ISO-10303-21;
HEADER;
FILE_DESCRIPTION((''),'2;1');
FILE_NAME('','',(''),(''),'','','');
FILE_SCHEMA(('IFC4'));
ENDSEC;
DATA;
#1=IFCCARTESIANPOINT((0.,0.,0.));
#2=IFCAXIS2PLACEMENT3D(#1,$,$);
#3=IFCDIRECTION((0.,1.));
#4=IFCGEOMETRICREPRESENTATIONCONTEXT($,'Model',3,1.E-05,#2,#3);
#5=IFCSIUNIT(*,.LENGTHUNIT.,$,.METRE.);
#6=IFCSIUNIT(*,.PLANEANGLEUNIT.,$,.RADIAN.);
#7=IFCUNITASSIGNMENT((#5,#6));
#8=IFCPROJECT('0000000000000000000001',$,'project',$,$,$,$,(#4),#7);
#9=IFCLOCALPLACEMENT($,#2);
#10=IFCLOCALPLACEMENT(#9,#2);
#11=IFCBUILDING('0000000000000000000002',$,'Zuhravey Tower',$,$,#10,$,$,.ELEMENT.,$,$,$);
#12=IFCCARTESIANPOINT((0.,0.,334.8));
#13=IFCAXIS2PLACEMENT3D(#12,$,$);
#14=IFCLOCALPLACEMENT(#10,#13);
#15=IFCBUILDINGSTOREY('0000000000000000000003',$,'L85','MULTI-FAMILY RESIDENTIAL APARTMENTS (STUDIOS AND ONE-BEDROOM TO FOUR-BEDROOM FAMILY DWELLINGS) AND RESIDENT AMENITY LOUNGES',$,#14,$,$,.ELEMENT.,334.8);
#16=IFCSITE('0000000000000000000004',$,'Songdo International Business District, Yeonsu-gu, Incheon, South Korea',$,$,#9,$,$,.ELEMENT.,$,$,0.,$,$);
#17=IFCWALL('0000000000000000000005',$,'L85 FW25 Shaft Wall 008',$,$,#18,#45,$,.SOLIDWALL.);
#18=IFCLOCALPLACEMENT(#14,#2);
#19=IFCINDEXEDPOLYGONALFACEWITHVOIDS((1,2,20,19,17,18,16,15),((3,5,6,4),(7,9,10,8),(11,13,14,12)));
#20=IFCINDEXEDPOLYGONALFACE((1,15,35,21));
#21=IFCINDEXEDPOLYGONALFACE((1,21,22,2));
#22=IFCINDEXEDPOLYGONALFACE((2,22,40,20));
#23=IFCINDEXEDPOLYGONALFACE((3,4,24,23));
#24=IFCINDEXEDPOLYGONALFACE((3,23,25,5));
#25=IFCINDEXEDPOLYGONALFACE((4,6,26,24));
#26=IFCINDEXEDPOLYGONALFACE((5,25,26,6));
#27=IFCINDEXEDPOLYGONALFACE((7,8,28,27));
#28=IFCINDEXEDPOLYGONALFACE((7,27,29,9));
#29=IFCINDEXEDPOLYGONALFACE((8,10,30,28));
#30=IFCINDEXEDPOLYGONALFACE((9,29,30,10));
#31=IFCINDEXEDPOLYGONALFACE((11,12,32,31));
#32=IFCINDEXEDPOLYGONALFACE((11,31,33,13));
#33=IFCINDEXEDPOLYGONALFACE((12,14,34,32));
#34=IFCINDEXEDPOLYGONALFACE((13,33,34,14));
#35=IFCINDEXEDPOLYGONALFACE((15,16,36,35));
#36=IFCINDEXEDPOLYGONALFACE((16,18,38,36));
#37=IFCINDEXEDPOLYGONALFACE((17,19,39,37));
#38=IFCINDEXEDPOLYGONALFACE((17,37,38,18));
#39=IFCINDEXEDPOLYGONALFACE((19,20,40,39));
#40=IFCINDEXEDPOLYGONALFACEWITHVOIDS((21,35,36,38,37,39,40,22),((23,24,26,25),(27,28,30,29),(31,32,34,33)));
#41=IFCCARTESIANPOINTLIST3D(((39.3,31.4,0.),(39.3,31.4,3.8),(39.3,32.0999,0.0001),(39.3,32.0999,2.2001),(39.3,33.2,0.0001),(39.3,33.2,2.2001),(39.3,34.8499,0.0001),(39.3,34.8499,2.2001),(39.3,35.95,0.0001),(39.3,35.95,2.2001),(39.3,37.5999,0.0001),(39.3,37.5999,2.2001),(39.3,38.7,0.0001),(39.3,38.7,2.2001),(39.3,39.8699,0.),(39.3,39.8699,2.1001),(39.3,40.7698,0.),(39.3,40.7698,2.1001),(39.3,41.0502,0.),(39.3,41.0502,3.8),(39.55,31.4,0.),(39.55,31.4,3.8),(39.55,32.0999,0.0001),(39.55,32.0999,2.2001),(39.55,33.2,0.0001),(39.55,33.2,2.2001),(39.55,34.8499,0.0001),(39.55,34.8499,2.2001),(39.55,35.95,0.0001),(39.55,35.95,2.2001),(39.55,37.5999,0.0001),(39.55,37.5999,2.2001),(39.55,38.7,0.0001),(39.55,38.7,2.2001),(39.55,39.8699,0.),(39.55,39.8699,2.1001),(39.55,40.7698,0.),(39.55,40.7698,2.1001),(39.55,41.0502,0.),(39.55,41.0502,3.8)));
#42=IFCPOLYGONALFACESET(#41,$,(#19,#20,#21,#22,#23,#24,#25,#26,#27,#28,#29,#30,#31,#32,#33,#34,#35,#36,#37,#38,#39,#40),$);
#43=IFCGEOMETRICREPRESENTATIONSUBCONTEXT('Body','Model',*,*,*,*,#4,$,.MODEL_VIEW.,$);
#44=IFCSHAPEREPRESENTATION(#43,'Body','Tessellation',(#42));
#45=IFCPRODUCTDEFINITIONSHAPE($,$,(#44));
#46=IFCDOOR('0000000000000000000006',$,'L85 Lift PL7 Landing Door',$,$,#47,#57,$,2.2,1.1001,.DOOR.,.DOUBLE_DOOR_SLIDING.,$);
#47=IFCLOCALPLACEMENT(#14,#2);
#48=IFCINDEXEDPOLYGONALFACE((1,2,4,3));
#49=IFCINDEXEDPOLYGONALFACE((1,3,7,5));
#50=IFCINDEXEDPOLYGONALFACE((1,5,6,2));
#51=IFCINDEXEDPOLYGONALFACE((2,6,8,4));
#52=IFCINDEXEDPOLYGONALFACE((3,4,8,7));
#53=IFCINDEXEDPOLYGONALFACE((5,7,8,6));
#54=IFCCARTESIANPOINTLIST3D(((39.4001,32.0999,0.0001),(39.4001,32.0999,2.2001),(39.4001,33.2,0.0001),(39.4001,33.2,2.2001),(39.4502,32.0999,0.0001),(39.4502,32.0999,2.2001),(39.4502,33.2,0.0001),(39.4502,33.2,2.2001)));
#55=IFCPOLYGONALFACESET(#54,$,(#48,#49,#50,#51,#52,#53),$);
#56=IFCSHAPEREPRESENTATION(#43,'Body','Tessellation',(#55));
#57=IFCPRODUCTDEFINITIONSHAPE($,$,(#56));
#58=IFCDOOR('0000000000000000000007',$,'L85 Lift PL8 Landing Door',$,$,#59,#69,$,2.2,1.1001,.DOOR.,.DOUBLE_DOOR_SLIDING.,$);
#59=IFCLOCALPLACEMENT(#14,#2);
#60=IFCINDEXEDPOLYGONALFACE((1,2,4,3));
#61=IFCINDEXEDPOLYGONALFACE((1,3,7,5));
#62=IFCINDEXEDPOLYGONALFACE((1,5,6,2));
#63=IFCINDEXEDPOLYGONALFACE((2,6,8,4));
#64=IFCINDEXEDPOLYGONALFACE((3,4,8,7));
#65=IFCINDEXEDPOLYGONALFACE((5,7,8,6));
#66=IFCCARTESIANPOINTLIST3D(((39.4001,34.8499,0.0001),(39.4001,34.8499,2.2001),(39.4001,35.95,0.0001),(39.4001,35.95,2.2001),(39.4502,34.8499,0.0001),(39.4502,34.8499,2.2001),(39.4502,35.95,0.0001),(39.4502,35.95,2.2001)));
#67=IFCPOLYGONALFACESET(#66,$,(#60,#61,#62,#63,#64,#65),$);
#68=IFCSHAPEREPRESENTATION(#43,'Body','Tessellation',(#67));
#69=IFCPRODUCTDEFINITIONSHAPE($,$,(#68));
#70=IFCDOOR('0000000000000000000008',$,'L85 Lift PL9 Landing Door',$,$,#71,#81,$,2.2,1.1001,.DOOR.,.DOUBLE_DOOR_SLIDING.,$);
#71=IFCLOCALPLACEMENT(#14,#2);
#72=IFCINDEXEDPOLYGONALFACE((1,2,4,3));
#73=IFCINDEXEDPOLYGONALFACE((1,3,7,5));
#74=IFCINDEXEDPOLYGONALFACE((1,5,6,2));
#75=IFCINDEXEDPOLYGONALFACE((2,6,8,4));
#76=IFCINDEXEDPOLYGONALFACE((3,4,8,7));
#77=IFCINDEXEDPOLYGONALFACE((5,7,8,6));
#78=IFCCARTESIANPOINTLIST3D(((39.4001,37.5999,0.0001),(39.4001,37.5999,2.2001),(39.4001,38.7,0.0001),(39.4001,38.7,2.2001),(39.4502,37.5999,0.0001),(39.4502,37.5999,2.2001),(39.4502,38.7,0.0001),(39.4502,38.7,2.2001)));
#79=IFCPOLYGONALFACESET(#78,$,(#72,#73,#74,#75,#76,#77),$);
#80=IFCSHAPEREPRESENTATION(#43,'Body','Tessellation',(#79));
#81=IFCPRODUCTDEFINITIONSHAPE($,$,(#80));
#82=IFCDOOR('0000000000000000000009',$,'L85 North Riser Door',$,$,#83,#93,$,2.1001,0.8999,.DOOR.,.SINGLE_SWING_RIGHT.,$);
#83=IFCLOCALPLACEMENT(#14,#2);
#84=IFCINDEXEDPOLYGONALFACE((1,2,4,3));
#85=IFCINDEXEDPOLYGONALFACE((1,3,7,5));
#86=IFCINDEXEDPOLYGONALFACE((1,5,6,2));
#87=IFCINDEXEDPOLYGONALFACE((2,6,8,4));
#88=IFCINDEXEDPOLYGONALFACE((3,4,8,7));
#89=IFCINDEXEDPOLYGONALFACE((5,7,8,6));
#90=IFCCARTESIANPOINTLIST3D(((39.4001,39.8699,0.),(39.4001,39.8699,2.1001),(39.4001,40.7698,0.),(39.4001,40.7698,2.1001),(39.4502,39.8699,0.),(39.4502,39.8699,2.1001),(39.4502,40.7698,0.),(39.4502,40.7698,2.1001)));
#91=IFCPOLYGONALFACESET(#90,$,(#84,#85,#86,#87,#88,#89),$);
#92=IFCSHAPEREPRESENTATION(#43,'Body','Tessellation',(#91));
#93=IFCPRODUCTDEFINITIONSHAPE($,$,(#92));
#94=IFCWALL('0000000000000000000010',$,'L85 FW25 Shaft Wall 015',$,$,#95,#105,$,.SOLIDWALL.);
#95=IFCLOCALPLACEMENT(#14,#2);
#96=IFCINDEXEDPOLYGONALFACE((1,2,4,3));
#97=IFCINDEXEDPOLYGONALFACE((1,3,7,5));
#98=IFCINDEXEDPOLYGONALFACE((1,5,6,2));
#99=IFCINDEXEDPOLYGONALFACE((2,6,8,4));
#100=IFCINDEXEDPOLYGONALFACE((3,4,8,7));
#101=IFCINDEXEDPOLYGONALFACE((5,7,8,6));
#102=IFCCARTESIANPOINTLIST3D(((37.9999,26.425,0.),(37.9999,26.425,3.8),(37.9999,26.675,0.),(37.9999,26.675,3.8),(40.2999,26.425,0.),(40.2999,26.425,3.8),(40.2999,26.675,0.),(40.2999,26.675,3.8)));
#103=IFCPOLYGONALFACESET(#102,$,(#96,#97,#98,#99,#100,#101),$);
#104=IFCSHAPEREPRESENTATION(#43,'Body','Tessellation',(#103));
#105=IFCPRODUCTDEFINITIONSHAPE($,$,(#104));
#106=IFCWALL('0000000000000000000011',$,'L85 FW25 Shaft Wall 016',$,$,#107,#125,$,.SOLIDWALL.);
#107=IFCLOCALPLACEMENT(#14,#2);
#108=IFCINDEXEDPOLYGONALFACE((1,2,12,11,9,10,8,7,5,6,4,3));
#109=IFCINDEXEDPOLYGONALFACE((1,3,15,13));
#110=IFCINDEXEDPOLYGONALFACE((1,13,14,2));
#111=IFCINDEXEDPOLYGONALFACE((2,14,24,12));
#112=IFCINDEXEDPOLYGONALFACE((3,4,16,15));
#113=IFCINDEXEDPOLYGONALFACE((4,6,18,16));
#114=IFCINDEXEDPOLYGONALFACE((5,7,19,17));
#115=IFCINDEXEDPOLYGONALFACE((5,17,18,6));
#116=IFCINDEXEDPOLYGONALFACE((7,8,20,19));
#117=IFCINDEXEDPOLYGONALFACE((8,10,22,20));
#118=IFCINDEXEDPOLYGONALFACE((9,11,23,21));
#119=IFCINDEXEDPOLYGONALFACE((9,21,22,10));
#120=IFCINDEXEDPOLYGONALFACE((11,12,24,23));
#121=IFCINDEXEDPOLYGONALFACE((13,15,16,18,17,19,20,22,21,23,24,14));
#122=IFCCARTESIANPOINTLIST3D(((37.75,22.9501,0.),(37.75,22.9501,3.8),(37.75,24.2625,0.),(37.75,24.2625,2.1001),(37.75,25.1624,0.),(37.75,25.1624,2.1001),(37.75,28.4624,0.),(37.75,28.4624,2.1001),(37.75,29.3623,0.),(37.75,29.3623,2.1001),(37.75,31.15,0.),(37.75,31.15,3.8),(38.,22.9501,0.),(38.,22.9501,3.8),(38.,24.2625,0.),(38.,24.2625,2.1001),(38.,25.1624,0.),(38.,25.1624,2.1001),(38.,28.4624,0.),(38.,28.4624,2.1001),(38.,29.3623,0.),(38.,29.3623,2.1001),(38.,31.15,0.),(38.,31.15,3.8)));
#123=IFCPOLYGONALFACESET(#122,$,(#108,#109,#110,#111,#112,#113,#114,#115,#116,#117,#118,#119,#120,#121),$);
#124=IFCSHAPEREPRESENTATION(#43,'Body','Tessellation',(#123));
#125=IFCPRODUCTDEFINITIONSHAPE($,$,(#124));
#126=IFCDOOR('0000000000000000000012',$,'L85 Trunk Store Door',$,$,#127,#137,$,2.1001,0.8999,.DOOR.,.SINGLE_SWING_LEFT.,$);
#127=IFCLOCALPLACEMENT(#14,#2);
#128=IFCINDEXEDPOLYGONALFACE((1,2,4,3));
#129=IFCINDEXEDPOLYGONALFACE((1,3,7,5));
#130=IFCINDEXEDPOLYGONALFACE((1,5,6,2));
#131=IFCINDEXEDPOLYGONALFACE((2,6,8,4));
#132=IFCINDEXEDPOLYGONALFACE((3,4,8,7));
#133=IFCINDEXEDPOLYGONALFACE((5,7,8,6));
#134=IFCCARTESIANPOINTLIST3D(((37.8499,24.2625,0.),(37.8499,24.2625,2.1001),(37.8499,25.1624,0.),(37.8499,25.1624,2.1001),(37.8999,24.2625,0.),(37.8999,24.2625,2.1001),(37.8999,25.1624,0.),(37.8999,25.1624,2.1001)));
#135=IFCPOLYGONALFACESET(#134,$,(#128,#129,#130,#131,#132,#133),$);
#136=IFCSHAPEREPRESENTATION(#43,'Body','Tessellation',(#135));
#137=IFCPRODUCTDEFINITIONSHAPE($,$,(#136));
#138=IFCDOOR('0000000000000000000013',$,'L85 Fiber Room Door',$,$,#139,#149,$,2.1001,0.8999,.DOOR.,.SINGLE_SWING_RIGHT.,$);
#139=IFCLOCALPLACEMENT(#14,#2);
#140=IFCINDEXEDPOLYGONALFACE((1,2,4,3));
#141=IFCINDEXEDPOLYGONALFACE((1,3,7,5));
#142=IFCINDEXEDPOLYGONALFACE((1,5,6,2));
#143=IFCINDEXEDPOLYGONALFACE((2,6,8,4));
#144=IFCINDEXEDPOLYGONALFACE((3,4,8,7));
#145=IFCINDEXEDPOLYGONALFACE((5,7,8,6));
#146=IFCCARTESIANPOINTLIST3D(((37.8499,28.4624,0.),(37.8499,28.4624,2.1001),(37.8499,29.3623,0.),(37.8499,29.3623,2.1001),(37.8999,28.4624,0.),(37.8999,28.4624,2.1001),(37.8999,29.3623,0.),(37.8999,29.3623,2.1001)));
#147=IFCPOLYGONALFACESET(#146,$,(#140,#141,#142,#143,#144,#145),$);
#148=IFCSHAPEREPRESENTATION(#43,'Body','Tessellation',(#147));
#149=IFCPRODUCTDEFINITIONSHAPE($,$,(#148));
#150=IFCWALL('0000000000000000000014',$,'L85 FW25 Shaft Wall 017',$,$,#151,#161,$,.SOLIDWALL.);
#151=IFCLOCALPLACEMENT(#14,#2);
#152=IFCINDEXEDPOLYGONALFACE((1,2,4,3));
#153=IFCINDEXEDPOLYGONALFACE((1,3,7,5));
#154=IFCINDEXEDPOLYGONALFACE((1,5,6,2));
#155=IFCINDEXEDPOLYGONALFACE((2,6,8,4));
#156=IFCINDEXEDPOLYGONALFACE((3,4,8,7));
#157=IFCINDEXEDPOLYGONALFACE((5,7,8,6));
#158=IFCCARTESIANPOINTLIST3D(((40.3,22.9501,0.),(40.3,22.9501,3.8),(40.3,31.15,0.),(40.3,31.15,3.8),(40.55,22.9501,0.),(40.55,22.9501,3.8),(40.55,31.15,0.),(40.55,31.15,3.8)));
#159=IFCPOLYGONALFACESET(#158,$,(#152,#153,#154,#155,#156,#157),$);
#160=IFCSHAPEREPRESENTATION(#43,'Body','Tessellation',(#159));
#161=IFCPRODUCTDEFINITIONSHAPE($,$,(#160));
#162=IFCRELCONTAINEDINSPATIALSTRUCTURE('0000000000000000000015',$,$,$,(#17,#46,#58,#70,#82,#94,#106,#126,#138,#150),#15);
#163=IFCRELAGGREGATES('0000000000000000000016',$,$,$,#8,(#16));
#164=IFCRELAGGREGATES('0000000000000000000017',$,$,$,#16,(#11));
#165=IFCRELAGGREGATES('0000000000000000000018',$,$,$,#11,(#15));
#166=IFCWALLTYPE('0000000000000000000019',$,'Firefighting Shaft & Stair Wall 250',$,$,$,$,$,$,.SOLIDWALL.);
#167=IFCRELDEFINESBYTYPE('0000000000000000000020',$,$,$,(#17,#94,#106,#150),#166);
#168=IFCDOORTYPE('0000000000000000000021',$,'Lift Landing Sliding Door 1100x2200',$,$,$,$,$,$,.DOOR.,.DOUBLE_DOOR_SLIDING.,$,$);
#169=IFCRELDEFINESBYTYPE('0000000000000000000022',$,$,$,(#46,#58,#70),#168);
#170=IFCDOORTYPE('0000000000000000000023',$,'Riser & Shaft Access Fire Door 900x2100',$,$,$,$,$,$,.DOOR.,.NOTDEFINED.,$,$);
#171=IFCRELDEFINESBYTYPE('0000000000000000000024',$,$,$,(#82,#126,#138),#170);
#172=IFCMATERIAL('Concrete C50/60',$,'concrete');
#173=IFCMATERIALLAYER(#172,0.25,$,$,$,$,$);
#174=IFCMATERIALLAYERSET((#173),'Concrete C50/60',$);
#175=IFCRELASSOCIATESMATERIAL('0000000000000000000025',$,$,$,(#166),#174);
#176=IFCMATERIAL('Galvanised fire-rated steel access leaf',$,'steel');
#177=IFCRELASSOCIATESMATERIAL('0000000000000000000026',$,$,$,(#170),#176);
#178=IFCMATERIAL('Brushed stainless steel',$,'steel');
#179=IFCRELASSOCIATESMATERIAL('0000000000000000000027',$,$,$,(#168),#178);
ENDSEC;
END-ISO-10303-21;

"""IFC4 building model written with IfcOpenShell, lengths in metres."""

from ifc_helpers import new_model, si_unit, direction, frame, frame_2d, origin, place, context, subcontext, project, spatial, rectangle, extrude, material, layer, layer_set, type_object, element, fill, save


model = new_model("IFC4")

# Units and contexts
model_context = context("Model", 3, precision=1e-05, world=origin(), true_north=direction((0.0, 1.0)))
body_context = subcontext(model_context, "Body", "Model", "MODEL_VIEW")
ifc_project = project(units=[si_unit("LENGTHUNIT", "METRE"), si_unit("PLANEANGLEUNIT", "RADIAN")], contexts=[model_context])

# Site, building, storey
site_placement = place(None, origin())
site = spatial("IfcSite", under=ifc_project, at=site_placement, Name="Songdo International Business District, Yeonsu-gu, Incheon, South Korea", CompositionType="ELEMENT", RefElevation=0.0)
building_placement = place(site_placement, origin())
building = spatial("IfcBuilding", under=site, at=building_placement, Name="Zuhravey Tower", CompositionType="ELEMENT")
storey_placement = place(building_placement, frame((0.0, 0.0, 334.8)))
storey = spatial("IfcBuildingStorey", under=building, at=storey_placement, Name="L85", Description="MULTI-FAMILY RESIDENTIAL APARTMENTS (STUDIOS AND ONE-BEDROOM TO FOUR-BEDROOM FAMILY DWELLINGS) AND RESIDENT AMENITY LOUNGES", CompositionType="ELEMENT", Elevation=334.8)

# Shared definitions
ifc_material_1 = material(Name="Concrete C50/60", Category="concrete")
ifc_layer_1 = layer(ifc_material_1, 0.25)
ifc_layer_set_1 = layer_set([ifc_layer_1], Name="Concrete C50/60")
wall_type_1 = type_object("IfcWallType", Name="Firefighting Shaft & Stair Wall 250", PredefinedType="SOLIDWALL", material=ifc_layer_set_1)

# Wall, openings, doors
ifc_material_2 = material(Name="Galvanised fire-rated steel access leaf", Category="steel")
door_type_1 = type_object("IfcDoorType", Name="Riser & Shaft Access Fire Door 900x2100", OperationType="NOTDEFINED", PredefinedType="DOOR", material=ifc_material_2)
wall_1_placement = place(storey_placement, frame((39.425, 31.3999, 0.0), z_axis=(0.0, 0.0, 1.0), x_axis=(0.0, 1.0, 0.0)))
wall_1 = element("IfcWall", 1, at=wall_1_placement, inside=storey, type_object=wall_type_1, Name="L85 FW25 Shaft Wall 008", PredefinedType="SOLIDWALL", context=body_context, shape_type="SweptSolid", body=[
    extrude(rectangle(XDim=9.6501, YDim=0.25, at=frame_2d((4.8252, 0.0))), origin(), (0.0, 0.0, 1.0), 3.8),
])
opening_1_placement = place(wall_1_placement, frame((0.7, 0.0, 0.0)))
opening_1 = element("IfcOpeningElement", 2, at=opening_1_placement, cuts=wall_1, PredefinedType="OPENING", context=body_context, shape_type="SweptSolid", body=[
    extrude(rectangle(XDim=1.1001, YDim=2.2, at=frame_2d((0.55, 1.1001))), frame((0.0, 0.137, 0.0), z_axis=(0.0, -1.0, 0.0), x_axis=(1.0, 0.0, 0.0)), (0.0, 0.0, 1.0), 0.2739),
])
opening_2_placement = place(wall_1_placement, frame((3.45, 0.0, 0.0)))
opening_2 = element("IfcOpeningElement", 3, at=opening_2_placement, cuts=wall_1, PredefinedType="OPENING", context=body_context, shape_type="SweptSolid", body=[
    extrude(rectangle(XDim=1.1001, YDim=2.2, at=frame_2d((0.55, 1.1001))), frame((0.0, 0.137, 0.0), z_axis=(0.0, -1.0, 0.0), x_axis=(1.0, 0.0, 0.0)), (0.0, 0.0, 1.0), 0.2739),
])
opening_3_placement = place(wall_1_placement, frame((6.2, 0.0, 0.0)))
opening_3 = element("IfcOpeningElement", 4, at=opening_3_placement, cuts=wall_1, PredefinedType="OPENING", context=body_context, shape_type="SweptSolid", body=[
    extrude(rectangle(XDim=1.1001, YDim=2.2, at=frame_2d((0.55, 1.1001))), frame((0.0, 0.137, 0.0), z_axis=(0.0, -1.0, 0.0), x_axis=(1.0, 0.0, 0.0)), (0.0, 0.0, 1.0), 0.2739),
])
opening_4_placement = place(wall_1_placement, frame((8.47, 0.0, 0.0)))
opening_4 = element("IfcOpeningElement", 5, at=opening_4_placement, cuts=wall_1, PredefinedType="OPENING", context=body_context, shape_type="SweptSolid", body=[
    extrude(rectangle(XDim=0.8999, YDim=2.1001, at=frame_2d((0.45, 1.05))), frame((0.0, 0.137, 0.0), z_axis=(0.0, -1.0, 0.0), x_axis=(1.0, 0.0, 0.0)), (0.0, 0.0, 1.0), 0.2739),
])
ifc_material_3 = material(Name="Brushed stainless steel", Category="steel")
door_type_2 = type_object("IfcDoorType", Name="Lift Landing Sliding Door 1100x2200", OperationType="DOUBLE_DOOR_SLIDING", PredefinedType="DOOR", material=ifc_material_3)
door_1_placement = place(opening_1_placement, origin())
door_1 = element("IfcDoor", 6, at=door_1_placement, inside=storey, type_object=door_type_2, Name="L85 Lift PL7 Landing Door", OperationType="DOUBLE_DOOR_SLIDING", OverallHeight=2.2, OverallWidth=1.1001, PredefinedType="DOOR", context=body_context, shape_type="SweptSolid", body=[
    extrude(rectangle(XDim=1.1001, YDim=2.2, at=frame_2d((0.55, 1.1001))), frame((0.0, 0.0249, 0.0), z_axis=(0.0, -1.0, 0.0), x_axis=(1.0, 0.0, 0.0)), (0.0, 0.0, 1.0), 0.05),
])
fill(opening_1, door_1)
door_2_placement = place(opening_2_placement, origin())
door_2 = element("IfcDoor", 7, at=door_2_placement, inside=storey, type_object=door_type_2, Name="L85 Lift PL8 Landing Door", OperationType="DOUBLE_DOOR_SLIDING", OverallHeight=2.2, OverallWidth=1.1001, PredefinedType="DOOR", context=body_context, shape_type="SweptSolid", body=[
    extrude(rectangle(XDim=1.1001, YDim=2.2, at=frame_2d((0.55, 1.1001))), frame((0.0, 0.0249, 0.0), z_axis=(0.0, -1.0, 0.0), x_axis=(1.0, 0.0, 0.0)), (0.0, 0.0, 1.0), 0.05),
])
fill(opening_2, door_2)
door_3_placement = place(opening_3_placement, origin())
door_3 = element("IfcDoor", 8, at=door_3_placement, inside=storey, type_object=door_type_2, Name="L85 Lift PL9 Landing Door", OperationType="DOUBLE_DOOR_SLIDING", OverallHeight=2.2, OverallWidth=1.1001, PredefinedType="DOOR", context=body_context, shape_type="SweptSolid", body=[
    extrude(rectangle(XDim=1.1001, YDim=2.2, at=frame_2d((0.55, 1.1001))), frame((0.0, 0.0249, 0.0), z_axis=(0.0, -1.0, 0.0), x_axis=(1.0, 0.0, 0.0)), (0.0, 0.0, 1.0), 0.05),
])
fill(opening_3, door_3)
door_4_placement = place(opening_4_placement, origin())
door_4 = element("IfcDoor", 9, at=door_4_placement, inside=storey, type_object=door_type_1, Name="L85 North Riser Door", OperationType="SINGLE_SWING_RIGHT", OverallHeight=2.1001, OverallWidth=0.8999, PredefinedType="DOOR", context=body_context, shape_type="SweptSolid", body=[
    extrude(rectangle(XDim=0.8999, YDim=2.1001, at=frame_2d((0.45, 1.05))), frame((0.0, 0.0249, 0.0), z_axis=(0.0, -1.0, 0.0), x_axis=(1.0, 0.0, 0.0)), (0.0, 0.0, 1.0), 0.05),
])
fill(opening_4, door_4)

# Wall
wall_2_placement = place(storey_placement, frame((38.0, 26.55, 0.0), z_axis=(0.0, 0.0, 1.0), x_axis=(1.0, 0.0, 0.0)))
element("IfcWall", 10, at=wall_2_placement, inside=storey, type_object=wall_type_1, Name="L85 FW25 Shaft Wall 015", PredefinedType="SOLIDWALL", context=body_context, shape_type="SweptSolid", body=[
    extrude(rectangle(XDim=2.3, YDim=0.25, at=frame_2d((1.1499, 0.0))), origin(), (0.0, 0.0, 1.0), 3.8),
])

# Wall, openings, doors
wall_3_placement = place(storey_placement, frame((37.875, 22.95, 0.0), z_axis=(0.0, 0.0, 1.0), x_axis=(0.0, 1.0, 0.0)))
wall_3 = element("IfcWall", 11, at=wall_3_placement, inside=storey, type_object=wall_type_1, Name="L85 FW25 Shaft Wall 016", PredefinedType="SOLIDWALL", context=body_context, shape_type="SweptSolid", body=[
    extrude(rectangle(XDim=8.2, YDim=0.25, at=frame_2d((4.1001, 0.0))), origin(), (0.0, 0.0, 1.0), 3.8),
])
opening_5_placement = place(wall_3_placement, frame((1.3125, 0.0, 0.0)))
opening_5 = element("IfcOpeningElement", 12, at=opening_5_placement, cuts=wall_3, PredefinedType="OPENING", context=body_context, shape_type="SweptSolid", body=[
    extrude(rectangle(XDim=0.8999, YDim=2.1001, at=frame_2d((0.45, 1.05))), frame((0.0, 0.137, 0.0), z_axis=(0.0, -1.0, 0.0), x_axis=(1.0, 0.0, 0.0)), (0.0, 0.0, 1.0), 0.2739),
])
opening_6_placement = place(wall_3_placement, frame((5.5125, 0.0, 0.0)))
opening_6 = element("IfcOpeningElement", 13, at=opening_6_placement, cuts=wall_3, PredefinedType="OPENING", context=body_context, shape_type="SweptSolid", body=[
    extrude(rectangle(XDim=0.8999, YDim=2.1001, at=frame_2d((0.45, 1.05))), frame((0.0, 0.137, 0.0), z_axis=(0.0, -1.0, 0.0), x_axis=(1.0, 0.0, 0.0)), (0.0, 0.0, 1.0), 0.2739),
])
door_5_placement = place(opening_5_placement, frame((0.8999, 0.0, 0.0), z_axis=(0.0, 0.0, 1.0), x_axis=(-1.0, 0.0, 0.0)))
door_5 = element("IfcDoor", 14, at=door_5_placement, inside=storey, type_object=door_type_1, Name="L85 Trunk Store Door", OperationType="SINGLE_SWING_LEFT", OverallHeight=2.1001, OverallWidth=0.8999, PredefinedType="DOOR", context=body_context, shape_type="SweptSolid", body=[
    extrude(rectangle(XDim=0.8999, YDim=2.1001, at=frame_2d((0.45, 1.05))), frame((0.0, 0.0249, 0.0), z_axis=(0.0, -1.0, 0.0), x_axis=(1.0, 0.0, 0.0)), (0.0, 0.0, 1.0), 0.05),
])
fill(opening_5, door_5)
door_6_placement = place(opening_6_placement, frame((0.8999, 0.0, 0.0), z_axis=(0.0, 0.0, 1.0), x_axis=(-1.0, 0.0, 0.0)))
door_6 = element("IfcDoor", 15, at=door_6_placement, inside=storey, type_object=door_type_1, Name="L85 Fiber Room Door", OperationType="SINGLE_SWING_RIGHT", OverallHeight=2.1001, OverallWidth=0.8999, PredefinedType="DOOR", context=body_context, shape_type="SweptSolid", body=[
    extrude(rectangle(XDim=0.8999, YDim=2.1001, at=frame_2d((0.45, 1.05))), frame((0.0, 0.0249, 0.0), z_axis=(0.0, -1.0, 0.0), x_axis=(1.0, 0.0, 0.0)), (0.0, 0.0, 1.0), 0.05),
])
fill(opening_6, door_6)

# Wall
wall_4_placement = place(storey_placement, frame((40.425, 22.95, 0.0), z_axis=(0.0, 0.0, 1.0), x_axis=(0.0, 1.0, 0.0)))
element("IfcWall", 16, at=wall_4_placement, inside=storey, type_object=wall_type_1, Name="L85 FW25 Shaft Wall 017", PredefinedType="SOLIDWALL", context=body_context, shape_type="SweptSolid", body=[
    extrude(rectangle(XDim=8.2, YDim=0.25, at=frame_2d((4.1001, 0.0))), origin(), (0.0, 0.0, 1.0), 3.8),
])

save(model, "model.ifc")
